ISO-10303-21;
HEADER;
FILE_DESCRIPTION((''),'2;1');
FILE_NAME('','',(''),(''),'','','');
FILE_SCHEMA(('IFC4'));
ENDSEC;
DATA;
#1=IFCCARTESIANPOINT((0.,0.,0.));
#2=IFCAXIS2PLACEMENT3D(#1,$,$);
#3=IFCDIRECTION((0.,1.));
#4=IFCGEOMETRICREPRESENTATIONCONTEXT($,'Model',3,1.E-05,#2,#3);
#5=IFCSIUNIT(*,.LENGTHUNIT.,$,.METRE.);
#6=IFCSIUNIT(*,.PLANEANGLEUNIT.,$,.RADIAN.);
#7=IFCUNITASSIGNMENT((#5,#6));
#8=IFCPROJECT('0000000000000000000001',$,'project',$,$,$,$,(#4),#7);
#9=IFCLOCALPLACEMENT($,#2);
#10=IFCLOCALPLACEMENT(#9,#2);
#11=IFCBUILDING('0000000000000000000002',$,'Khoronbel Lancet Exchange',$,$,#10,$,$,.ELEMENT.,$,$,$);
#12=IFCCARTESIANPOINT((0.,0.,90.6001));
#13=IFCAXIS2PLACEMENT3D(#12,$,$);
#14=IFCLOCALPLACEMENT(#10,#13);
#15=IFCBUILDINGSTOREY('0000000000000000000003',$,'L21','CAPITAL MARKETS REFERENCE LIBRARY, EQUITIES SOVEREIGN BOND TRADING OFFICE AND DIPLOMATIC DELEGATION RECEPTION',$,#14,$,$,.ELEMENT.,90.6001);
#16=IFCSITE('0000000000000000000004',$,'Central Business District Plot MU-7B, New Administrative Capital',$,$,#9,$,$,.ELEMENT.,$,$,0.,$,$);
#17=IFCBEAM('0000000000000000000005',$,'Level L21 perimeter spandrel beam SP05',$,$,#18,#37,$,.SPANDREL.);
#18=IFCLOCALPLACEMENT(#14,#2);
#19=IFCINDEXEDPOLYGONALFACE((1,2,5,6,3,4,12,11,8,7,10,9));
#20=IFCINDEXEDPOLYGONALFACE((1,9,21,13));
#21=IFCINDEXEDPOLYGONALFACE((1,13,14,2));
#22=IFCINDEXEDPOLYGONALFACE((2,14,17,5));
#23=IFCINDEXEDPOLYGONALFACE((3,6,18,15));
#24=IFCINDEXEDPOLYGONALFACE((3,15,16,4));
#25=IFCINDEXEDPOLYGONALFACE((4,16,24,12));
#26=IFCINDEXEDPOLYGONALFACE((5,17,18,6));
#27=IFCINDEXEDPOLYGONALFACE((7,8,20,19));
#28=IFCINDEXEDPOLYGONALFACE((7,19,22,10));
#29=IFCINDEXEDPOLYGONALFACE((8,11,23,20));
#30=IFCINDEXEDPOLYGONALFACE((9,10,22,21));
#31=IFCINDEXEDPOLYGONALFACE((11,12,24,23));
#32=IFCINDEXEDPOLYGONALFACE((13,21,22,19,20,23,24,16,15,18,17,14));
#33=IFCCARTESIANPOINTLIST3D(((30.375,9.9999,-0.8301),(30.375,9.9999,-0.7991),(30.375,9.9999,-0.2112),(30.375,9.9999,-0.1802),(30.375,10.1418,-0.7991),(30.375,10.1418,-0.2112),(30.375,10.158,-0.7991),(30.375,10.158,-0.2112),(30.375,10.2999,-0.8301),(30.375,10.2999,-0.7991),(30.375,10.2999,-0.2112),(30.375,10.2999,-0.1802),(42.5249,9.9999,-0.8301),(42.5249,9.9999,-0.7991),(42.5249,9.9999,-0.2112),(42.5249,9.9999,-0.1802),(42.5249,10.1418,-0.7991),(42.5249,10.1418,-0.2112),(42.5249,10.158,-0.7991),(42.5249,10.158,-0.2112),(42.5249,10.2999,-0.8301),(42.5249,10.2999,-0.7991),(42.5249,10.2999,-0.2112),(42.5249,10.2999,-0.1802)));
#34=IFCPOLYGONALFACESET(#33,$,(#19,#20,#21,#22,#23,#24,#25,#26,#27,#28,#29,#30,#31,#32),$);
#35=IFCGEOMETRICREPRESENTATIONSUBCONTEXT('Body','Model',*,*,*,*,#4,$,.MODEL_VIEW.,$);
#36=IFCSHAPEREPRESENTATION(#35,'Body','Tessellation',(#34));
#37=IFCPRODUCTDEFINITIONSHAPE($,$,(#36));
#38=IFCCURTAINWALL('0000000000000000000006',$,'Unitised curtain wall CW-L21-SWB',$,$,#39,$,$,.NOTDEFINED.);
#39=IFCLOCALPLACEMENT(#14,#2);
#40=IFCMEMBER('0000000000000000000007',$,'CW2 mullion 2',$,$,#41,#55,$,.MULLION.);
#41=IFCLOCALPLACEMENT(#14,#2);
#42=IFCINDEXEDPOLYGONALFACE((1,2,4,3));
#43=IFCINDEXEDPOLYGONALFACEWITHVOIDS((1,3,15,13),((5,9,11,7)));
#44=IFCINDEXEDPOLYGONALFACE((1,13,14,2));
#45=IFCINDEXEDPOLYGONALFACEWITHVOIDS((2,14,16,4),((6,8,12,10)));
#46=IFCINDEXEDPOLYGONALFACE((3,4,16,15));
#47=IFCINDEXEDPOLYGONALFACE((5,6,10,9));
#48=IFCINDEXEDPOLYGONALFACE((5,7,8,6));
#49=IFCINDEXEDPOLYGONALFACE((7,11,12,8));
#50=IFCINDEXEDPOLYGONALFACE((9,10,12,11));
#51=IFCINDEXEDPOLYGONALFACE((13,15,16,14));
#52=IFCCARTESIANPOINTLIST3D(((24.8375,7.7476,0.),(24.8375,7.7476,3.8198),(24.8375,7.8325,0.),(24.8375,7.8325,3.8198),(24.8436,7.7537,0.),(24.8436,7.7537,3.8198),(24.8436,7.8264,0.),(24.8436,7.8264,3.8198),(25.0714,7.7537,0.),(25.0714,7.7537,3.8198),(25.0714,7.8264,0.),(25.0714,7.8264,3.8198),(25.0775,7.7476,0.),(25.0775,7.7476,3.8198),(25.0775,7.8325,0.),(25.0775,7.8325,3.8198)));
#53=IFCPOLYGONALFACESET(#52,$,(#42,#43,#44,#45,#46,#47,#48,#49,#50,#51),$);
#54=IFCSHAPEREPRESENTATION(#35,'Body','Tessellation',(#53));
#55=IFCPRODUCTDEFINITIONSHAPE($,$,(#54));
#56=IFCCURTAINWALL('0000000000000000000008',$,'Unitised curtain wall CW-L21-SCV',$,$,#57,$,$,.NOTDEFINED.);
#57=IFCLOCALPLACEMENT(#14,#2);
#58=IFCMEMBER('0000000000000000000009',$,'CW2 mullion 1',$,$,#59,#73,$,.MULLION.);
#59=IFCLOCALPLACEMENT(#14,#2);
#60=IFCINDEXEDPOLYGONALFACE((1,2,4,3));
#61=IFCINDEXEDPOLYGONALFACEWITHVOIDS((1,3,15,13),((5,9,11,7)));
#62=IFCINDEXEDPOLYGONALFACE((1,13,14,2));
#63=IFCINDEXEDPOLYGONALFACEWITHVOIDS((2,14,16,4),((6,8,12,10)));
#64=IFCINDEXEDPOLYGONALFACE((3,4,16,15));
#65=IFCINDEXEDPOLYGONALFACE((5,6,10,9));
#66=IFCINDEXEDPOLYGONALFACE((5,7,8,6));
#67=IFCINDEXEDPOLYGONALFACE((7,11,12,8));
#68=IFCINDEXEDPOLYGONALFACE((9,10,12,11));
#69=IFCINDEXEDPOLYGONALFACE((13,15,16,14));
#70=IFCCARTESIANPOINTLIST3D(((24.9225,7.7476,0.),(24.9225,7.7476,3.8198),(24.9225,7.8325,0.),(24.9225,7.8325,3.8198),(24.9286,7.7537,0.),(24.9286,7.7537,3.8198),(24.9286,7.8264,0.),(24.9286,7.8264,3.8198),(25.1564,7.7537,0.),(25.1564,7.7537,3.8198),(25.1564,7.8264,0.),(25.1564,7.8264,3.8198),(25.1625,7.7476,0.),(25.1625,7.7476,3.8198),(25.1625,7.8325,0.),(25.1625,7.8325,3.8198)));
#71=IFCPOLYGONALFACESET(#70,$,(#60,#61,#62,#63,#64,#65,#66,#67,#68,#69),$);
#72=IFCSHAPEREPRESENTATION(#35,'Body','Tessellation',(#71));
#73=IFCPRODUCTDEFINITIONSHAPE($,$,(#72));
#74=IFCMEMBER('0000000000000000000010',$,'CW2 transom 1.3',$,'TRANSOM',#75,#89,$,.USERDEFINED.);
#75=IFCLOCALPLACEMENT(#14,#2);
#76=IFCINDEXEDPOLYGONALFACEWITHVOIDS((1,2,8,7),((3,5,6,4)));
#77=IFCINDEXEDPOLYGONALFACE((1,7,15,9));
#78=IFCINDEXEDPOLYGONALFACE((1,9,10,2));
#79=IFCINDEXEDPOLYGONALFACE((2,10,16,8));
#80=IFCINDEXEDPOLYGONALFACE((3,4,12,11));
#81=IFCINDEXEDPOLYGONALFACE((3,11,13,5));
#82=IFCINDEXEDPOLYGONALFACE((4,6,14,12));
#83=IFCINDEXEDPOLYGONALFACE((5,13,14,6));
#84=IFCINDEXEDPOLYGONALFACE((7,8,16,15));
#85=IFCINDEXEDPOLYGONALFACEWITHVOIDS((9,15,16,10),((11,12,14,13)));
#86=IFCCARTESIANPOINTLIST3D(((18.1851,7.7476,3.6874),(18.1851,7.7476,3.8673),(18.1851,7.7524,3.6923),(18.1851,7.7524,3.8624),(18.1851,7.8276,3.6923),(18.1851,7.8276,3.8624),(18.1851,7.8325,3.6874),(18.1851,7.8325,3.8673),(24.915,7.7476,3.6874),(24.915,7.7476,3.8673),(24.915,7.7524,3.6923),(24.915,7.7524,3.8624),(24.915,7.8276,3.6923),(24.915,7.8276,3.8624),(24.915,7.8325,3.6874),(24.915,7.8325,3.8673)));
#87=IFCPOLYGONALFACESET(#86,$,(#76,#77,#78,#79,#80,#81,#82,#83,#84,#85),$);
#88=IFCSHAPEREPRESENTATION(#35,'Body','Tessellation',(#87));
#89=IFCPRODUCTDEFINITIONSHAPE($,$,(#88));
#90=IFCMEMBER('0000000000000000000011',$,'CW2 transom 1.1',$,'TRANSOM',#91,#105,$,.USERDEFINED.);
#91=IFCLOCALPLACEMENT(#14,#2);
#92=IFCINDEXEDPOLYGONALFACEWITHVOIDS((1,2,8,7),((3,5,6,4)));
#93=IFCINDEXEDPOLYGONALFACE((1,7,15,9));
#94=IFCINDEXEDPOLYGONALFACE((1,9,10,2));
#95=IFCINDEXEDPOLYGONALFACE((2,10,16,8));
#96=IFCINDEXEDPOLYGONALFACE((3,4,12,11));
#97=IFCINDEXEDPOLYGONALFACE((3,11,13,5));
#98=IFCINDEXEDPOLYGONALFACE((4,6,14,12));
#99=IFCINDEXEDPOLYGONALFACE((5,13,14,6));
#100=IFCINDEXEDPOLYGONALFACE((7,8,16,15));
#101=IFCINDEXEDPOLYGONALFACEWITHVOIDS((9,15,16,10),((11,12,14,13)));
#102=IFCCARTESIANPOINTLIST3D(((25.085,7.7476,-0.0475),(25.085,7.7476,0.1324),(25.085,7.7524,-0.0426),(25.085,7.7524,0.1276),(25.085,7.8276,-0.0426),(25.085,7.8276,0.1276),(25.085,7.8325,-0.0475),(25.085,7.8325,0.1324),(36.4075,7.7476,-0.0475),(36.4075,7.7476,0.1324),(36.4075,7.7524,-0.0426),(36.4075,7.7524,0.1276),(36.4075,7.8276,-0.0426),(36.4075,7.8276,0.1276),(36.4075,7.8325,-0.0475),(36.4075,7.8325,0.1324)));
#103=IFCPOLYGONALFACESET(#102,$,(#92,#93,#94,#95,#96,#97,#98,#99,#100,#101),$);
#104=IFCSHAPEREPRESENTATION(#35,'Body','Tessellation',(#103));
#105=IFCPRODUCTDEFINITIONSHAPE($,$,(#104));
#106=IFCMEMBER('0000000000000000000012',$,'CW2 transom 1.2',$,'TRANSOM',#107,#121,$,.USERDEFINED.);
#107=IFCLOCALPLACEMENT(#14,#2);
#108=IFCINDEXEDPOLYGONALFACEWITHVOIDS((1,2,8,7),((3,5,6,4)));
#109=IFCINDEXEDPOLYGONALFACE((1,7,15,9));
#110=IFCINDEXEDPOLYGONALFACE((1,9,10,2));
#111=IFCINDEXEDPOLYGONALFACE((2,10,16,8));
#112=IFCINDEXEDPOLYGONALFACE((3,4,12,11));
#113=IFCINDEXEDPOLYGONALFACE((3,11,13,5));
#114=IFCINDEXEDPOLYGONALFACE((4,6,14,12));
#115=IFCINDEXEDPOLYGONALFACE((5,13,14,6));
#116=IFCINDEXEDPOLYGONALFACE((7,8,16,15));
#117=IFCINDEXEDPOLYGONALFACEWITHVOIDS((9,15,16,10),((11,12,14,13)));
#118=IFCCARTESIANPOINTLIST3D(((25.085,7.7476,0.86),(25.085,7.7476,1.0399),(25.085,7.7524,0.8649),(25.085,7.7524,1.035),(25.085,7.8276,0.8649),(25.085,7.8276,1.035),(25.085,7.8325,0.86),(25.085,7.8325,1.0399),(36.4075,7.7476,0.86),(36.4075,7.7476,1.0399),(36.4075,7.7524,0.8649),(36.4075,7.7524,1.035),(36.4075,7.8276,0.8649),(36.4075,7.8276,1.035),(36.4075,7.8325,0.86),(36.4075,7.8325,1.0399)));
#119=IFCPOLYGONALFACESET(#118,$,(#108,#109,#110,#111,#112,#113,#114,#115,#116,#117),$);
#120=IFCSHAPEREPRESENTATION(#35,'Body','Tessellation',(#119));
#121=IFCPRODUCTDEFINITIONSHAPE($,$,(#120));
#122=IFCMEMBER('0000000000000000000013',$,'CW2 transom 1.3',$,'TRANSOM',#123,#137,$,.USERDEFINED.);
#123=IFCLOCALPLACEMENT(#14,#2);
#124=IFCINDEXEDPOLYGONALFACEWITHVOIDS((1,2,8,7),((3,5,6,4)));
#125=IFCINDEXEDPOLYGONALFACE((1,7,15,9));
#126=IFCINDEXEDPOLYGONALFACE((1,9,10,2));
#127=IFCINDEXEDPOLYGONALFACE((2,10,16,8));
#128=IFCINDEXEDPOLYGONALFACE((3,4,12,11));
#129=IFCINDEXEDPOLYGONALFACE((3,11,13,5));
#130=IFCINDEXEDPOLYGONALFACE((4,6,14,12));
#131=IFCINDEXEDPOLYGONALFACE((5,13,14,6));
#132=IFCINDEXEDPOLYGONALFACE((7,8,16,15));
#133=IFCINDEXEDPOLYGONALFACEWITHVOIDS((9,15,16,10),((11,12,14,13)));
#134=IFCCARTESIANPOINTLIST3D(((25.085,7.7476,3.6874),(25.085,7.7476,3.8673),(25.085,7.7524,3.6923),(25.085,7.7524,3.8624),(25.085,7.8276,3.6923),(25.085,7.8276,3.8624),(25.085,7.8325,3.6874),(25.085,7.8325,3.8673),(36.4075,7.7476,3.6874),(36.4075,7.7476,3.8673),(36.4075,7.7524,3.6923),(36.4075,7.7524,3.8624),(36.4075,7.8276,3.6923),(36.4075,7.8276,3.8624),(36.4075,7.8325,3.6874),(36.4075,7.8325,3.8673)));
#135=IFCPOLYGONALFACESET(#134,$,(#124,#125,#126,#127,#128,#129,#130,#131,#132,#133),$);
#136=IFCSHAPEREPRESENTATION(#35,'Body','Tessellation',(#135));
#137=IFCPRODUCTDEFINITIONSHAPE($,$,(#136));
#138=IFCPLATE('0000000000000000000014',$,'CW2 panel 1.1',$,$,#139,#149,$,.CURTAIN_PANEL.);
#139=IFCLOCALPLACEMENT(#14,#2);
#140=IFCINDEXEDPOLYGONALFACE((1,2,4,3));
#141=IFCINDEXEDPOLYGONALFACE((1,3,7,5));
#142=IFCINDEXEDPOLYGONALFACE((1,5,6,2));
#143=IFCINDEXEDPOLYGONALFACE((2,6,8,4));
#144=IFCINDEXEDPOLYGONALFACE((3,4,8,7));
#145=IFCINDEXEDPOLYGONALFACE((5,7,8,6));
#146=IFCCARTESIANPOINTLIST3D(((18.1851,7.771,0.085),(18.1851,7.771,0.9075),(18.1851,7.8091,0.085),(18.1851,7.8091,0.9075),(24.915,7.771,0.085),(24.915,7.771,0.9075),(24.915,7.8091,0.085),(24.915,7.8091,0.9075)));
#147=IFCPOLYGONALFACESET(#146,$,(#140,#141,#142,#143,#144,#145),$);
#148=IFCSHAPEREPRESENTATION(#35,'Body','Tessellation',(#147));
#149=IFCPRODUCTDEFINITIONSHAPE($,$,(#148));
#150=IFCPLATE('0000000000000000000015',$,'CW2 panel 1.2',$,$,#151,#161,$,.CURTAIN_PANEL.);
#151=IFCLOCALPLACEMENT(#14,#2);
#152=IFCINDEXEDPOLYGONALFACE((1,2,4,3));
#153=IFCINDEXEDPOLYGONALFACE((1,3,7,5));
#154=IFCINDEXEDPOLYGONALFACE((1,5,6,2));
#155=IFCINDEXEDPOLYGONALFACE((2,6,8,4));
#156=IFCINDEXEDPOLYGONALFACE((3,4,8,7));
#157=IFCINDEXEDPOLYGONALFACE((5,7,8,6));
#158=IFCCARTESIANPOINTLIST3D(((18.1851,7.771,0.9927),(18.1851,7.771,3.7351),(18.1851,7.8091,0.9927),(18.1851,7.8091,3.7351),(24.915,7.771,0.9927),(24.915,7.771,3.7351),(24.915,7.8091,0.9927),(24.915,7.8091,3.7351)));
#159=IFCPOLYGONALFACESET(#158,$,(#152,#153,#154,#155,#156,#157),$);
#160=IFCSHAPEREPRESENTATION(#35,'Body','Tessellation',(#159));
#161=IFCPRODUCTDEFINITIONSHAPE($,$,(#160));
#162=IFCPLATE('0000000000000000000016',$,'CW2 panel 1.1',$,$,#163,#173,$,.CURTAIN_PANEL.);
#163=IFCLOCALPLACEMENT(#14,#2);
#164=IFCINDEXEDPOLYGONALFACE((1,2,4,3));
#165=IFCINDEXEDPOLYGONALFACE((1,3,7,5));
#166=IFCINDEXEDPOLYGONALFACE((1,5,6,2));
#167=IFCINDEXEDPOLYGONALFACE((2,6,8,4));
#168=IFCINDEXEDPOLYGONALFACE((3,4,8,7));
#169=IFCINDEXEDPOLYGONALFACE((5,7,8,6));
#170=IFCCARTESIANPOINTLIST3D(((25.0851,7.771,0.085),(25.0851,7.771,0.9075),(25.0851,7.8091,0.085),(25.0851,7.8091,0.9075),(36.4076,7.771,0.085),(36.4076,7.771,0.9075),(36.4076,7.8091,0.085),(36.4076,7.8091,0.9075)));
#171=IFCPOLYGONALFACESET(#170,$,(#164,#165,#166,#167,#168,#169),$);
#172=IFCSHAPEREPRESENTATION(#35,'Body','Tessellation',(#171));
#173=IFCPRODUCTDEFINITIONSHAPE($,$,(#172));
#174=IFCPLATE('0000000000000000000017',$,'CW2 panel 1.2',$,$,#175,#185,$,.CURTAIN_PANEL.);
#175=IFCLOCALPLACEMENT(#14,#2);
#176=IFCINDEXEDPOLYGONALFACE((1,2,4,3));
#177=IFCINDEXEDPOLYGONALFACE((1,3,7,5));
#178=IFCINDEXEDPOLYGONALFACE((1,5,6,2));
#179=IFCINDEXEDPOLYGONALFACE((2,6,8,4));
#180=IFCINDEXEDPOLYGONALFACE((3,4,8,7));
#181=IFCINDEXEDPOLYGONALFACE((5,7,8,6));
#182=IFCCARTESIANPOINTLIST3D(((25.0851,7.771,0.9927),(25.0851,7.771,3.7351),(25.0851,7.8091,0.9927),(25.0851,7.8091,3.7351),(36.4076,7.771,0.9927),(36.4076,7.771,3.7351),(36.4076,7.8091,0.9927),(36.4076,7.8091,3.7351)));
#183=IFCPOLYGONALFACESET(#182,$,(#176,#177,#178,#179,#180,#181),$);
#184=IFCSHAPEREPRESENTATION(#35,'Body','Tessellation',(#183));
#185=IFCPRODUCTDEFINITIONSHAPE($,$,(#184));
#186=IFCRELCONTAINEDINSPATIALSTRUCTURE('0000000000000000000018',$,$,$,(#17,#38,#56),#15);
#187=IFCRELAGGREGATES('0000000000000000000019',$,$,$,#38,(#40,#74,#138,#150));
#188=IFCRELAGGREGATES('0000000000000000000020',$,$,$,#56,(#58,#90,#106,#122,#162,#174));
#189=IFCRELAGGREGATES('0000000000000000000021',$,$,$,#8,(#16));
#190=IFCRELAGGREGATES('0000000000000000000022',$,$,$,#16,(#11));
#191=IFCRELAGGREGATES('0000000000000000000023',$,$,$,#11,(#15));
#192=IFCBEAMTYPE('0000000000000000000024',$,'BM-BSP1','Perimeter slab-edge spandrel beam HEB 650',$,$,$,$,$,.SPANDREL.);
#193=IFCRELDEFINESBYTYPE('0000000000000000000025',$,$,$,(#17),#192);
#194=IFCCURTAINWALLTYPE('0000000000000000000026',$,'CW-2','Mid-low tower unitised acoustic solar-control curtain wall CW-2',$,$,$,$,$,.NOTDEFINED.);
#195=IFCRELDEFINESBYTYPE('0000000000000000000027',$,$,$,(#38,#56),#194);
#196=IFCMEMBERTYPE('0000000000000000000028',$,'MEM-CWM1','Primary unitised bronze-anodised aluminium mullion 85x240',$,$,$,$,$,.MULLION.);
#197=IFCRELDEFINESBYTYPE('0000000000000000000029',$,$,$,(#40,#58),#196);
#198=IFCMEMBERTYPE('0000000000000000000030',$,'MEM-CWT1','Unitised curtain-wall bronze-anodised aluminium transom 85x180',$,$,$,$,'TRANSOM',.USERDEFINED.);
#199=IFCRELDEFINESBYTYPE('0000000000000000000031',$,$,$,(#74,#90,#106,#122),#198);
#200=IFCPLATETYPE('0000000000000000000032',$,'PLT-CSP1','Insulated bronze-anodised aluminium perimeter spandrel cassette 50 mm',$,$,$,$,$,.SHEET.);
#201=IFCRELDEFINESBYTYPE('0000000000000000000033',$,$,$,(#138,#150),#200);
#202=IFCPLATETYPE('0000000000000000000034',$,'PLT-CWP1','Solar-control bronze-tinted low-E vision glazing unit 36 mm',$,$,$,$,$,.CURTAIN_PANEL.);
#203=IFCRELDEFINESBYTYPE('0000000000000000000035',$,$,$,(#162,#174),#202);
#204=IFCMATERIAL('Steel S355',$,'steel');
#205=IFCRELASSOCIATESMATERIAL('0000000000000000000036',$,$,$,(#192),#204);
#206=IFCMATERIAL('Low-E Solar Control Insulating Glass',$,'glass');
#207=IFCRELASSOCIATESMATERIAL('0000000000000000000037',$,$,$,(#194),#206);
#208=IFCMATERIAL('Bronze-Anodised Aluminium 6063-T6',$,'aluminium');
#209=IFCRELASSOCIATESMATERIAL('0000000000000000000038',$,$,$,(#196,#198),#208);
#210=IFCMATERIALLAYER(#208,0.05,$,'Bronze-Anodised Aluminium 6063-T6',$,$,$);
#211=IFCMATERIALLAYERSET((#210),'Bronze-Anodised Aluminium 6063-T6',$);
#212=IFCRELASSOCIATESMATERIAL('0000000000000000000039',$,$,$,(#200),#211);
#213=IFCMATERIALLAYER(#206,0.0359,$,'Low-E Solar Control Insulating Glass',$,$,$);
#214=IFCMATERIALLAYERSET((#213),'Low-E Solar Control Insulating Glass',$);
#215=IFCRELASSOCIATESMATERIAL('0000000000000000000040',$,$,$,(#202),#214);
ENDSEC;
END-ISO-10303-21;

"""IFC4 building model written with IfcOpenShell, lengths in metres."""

from ifc_helpers import new_model, si_unit, direction, frame, origin, origin_2d, place, context, subcontext, project, spatial, rectangle, hollow_rectangle, i_section, extrude, material, layer, layer_set, material_profile, profile_set, type_object, element, aggregate, save


model = new_model("IFC4")

# Units and contexts
model_context = context("Model", 3, precision=1e-05, world=origin(), true_north=direction((0.0, 1.0)))
body_context = subcontext(model_context, "Body", "Model", "MODEL_VIEW")
ifc_project = project(units=[si_unit("LENGTHUNIT", "METRE"), si_unit("PLANEANGLEUNIT", "RADIAN")], contexts=[model_context])

# Site, building, storey
site_placement = place(None, origin())
site = spatial("IfcSite", under=ifc_project, at=site_placement, Name="Central Business District Plot MU-7B, New Administrative Capital", CompositionType="ELEMENT", RefElevation=0.0)
building_placement = place(site_placement, origin())
building = spatial("IfcBuilding", under=site, at=building_placement, Name="Khoronbel Lancet Exchange", CompositionType="ELEMENT")
storey_placement = place(building_placement, frame((0.0, 0.0, 90.6001)))
storey = spatial("IfcBuildingStorey", under=building, at=storey_placement, Name="L21", Description="CAPITAL MARKETS REFERENCE LIBRARY, EQUITIES SOVEREIGN BOND TRADING OFFICE AND DIPLOMATIC DELEGATION RECEPTION", CompositionType="ELEMENT", Elevation=90.6001)

# Beam
ifc_material_1 = material(Name="Steel S355", Category="steel")
ifc_material_profile_1 = material_profile(ifc_material_1, i_section(OverallWidth=0.3, OverallDepth=0.6499, WebThickness=0.0161, FlangeThickness=0.031, at=origin_2d()), Name="HEB 650")
ifc_profile_set_1 = profile_set([ifc_material_profile_1], Name="Steel S355")
beam_type_1 = type_object("IfcBeamType", Name="BM-BSP1", Description="Perimeter slab-edge spandrel beam HEB 650", PredefinedType="SPANDREL", material=ifc_profile_set_1)
beam_1_placement = place(storey_placement, frame((30.375, 10.1499, -0.5051), z_axis=(1.0, 0.0, 0.0), x_axis=(0.0, 1.0, 0.0)))
element("IfcBeam", 1, at=beam_1_placement, inside=storey, type_object=beam_type_1, Name="Level L21 perimeter spandrel beam SP05", PredefinedType="SPANDREL", context=body_context, shape_type="SweptSolid", body=[
    extrude(i_section(OverallWidth=0.3, OverallDepth=0.6499, WebThickness=0.0161, FlangeThickness=0.031, at=origin_2d()), origin(), (0.0, 0.0, 1.0), 12.1499),
])

# Curtain walls, members
ifc_material_2 = material(Name="Low-E Solar Control Insulating Glass", Category="glass")
curtain_wall_type = type_object("IfcCurtainWallType", Name="CW-2", Description="Mid-low tower unitised acoustic solar-control curtain wall CW-2", PredefinedType="NOTDEFINED", material=ifc_material_2)
curtain_wall_1_placement = place(storey_placement, origin())
curtain_wall_1 = element("IfcCurtainWall", 2, at=curtain_wall_1_placement, inside=storey, type_object=curtain_wall_type, Name="Unitised curtain wall CW-L21-SWB", PredefinedType="NOTDEFINED")
ifc_material_3 = material(Name="Bronze-Anodised Aluminium 6063-T6", Category="aluminium")
ifc_material_profile_2 = material_profile(ifc_material_3, hollow_rectangle(XDim=0.085, YDim=0.24, WallThickness=0.0061, at=origin_2d()), Name="ALU MULLION 85x240")
ifc_profile_set_2 = profile_set([ifc_material_profile_2], Name="Bronze-Anodised Aluminium 6063-T6")
member_type_1 = type_object("IfcMemberType", Name="MEM-CWM1", Description="Primary unitised bronze-anodised aluminium mullion 85x240", PredefinedType="MULLION", material=ifc_profile_set_2)
member_1_placement = place(storey_placement, frame((24.9575, 7.79, 0.0), z_axis=(0.0, 0.0, 1.0), x_axis=(0.0, 1.0, 0.0)))
member_1 = element("IfcMember", 3, at=member_1_placement, type_object=member_type_1, Name="CW2 mullion 2", PredefinedType="MULLION", context=body_context, shape_type="SweptSolid", body=[
    extrude(hollow_rectangle(XDim=0.085, YDim=0.24, WallThickness=0.0061, at=origin_2d()), origin(), (0.0, 0.0, 1.0), 3.8198),
])
curtain_wall_2_placement = place(storey_placement, origin())
curtain_wall_2 = element("IfcCurtainWall", 4, at=curtain_wall_2_placement, inside=storey, type_object=curtain_wall_type, Name="Unitised curtain wall CW-L21-SCV", PredefinedType="NOTDEFINED")
member_2_placement = place(storey_placement, frame((25.0425, 7.79, 0.0), z_axis=(0.0, 0.0, 1.0), x_axis=(0.0, 1.0, 0.0)))
member_2 = element("IfcMember", 5, at=member_2_placement, type_object=member_type_1, Name="CW2 mullion 1", PredefinedType="MULLION", context=body_context, shape_type="SweptSolid", body=[
    extrude(hollow_rectangle(XDim=0.085, YDim=0.24, WallThickness=0.0061, at=origin_2d()), origin(), (0.0, 0.0, 1.0), 3.8198),
])

# Members
ifc_material_profile_3 = material_profile(ifc_material_3, hollow_rectangle(XDim=0.085, YDim=0.1799, WallThickness=0.0049, at=origin_2d()), Name="ALU TRANSOM 85x180")
ifc_profile_set_3 = profile_set([ifc_material_profile_3], Name="Bronze-Anodised Aluminium 6063-T6")
member_type_2 = type_object("IfcMemberType", Name="MEM-CWT1", Description="Unitised curtain-wall bronze-anodised aluminium transom 85x180", ElementType="TRANSOM", PredefinedType="USERDEFINED", material=ifc_profile_set_3)
member_3_placement = place(storey_placement, frame((18.1851, 7.79, 3.7773), z_axis=(1.0, 0.0, 0.0), x_axis=(0.0, 1.0, 0.0)))
member_3 = element("IfcMember", 6, at=member_3_placement, type_object=member_type_2, Name="CW2 transom 1.3", ObjectType="TRANSOM", PredefinedType="USERDEFINED", context=body_context, shape_type="SweptSolid", body=[
    extrude(hollow_rectangle(XDim=0.085, YDim=0.1799, WallThickness=0.0049, at=origin_2d()), origin(), (0.0, 0.0, 1.0), 6.73),
])
member_4_placement = place(storey_placement, frame((25.085, 7.79, 0.0425), z_axis=(1.0, 0.0, 0.0), x_axis=(0.0, 1.0, 0.0)))
member_4 = element("IfcMember", 7, at=member_4_placement, type_object=member_type_2, Name="CW2 transom 1.1", ObjectType="TRANSOM", PredefinedType="USERDEFINED", context=body_context, shape_type="SweptSolid", body=[
    extrude(hollow_rectangle(XDim=0.085, YDim=0.1799, WallThickness=0.0049, at=origin_2d()), origin(), (0.0, 0.0, 1.0), 11.3225),
])
member_5_placement = place(storey_placement, frame((25.085, 7.79, 0.95), z_axis=(1.0, 0.0, 0.0), x_axis=(0.0, 1.0, 0.0)))
member_5 = element("IfcMember", 8, at=member_5_placement, type_object=member_type_2, Name="CW2 transom 1.2", ObjectType="TRANSOM", PredefinedType="USERDEFINED", context=body_context, shape_type="SweptSolid", body=[
    extrude(hollow_rectangle(XDim=0.085, YDim=0.1799, WallThickness=0.0049, at=origin_2d()), origin(), (0.0, 0.0, 1.0), 11.3225),
])
member_6_placement = place(storey_placement, frame((25.085, 7.79, 3.7773), z_axis=(1.0, 0.0, 0.0), x_axis=(0.0, 1.0, 0.0)))
member_6 = element("IfcMember", 9, at=member_6_placement, type_object=member_type_2, Name="CW2 transom 1.3", ObjectType="TRANSOM", PredefinedType="USERDEFINED", context=body_context, shape_type="SweptSolid", body=[
    extrude(hollow_rectangle(XDim=0.085, YDim=0.1799, WallThickness=0.0049, at=origin_2d()), origin(), (0.0, 0.0, 1.0), 11.3225),
])

# Plates
ifc_layer_1 = layer(ifc_material_3, 0.05, Name="Bronze-Anodised Aluminium 6063-T6")
ifc_layer_set_1 = layer_set([ifc_layer_1], Name="Bronze-Anodised Aluminium 6063-T6")
plate_type_1 = type_object("IfcPlateType", Name="PLT-CSP1", Description="Insulated bronze-anodised aluminium perimeter spandrel cassette 50 mm", PredefinedType="SHEET", material=ifc_layer_set_1)
plate_1_placement = place(storey_placement, frame((21.55, 7.79, 0.085), z_axis=(0.0, 0.0, 1.0), x_axis=(1.0, 0.0, 0.0)))
plate_1 = element("IfcPlate", 10, at=plate_1_placement, type_object=plate_type_1, Name="CW2 panel 1.1", PredefinedType="CURTAIN_PANEL", context=body_context, shape_type="SweptSolid", body=[
    extrude(rectangle(XDim=6.73, YDim=0.0381, at=origin_2d()), origin(), (0.0, 0.0, 1.0), 0.8225),
])
plate_2_placement = place(storey_placement, frame((21.55, 7.79, 0.9927), z_axis=(0.0, 0.0, 1.0), x_axis=(1.0, 0.0, 0.0)))
plate_2 = element("IfcPlate", 11, at=plate_2_placement, type_object=plate_type_1, Name="CW2 panel 1.2", PredefinedType="CURTAIN_PANEL", context=body_context, shape_type="SweptSolid", body=[
    extrude(rectangle(XDim=6.73, YDim=0.0381, at=origin_2d()), origin(), (0.0, 0.0, 1.0), 2.7424),
])
aggregate(curtain_wall_1, [member_1, member_3, plate_1, plate_2])
ifc_layer_2 = layer(ifc_material_2, 0.0359, Name="Low-E Solar Control Insulating Glass")
ifc_layer_set_2 = layer_set([ifc_layer_2], Name="Low-E Solar Control Insulating Glass")
plate_type_2 = type_object("IfcPlateType", Name="PLT-CWP1", Description="Solar-control bronze-tinted low-E vision glazing unit 36 mm", PredefinedType="CURTAIN_PANEL", material=ifc_layer_set_2)
plate_3_placement = place(storey_placement, frame((30.7463, 7.79, 0.085), z_axis=(0.0, 0.0, 1.0), x_axis=(1.0, 0.0, 0.0)))
plate_3 = element("IfcPlate", 12, at=plate_3_placement, type_object=plate_type_2, Name="CW2 panel 1.1", PredefinedType="CURTAIN_PANEL", context=body_context, shape_type="SweptSolid", body=[
    extrude(rectangle(XDim=11.3225, YDim=0.0381, at=origin_2d()), origin(), (0.0, 0.0, 1.0), 0.8225),
])
plate_4_placement = place(storey_placement, frame((30.7463, 7.79, 0.9927), z_axis=(0.0, 0.0, 1.0), x_axis=(1.0, 0.0, 0.0)))
plate_4 = element("IfcPlate", 13, at=plate_4_placement, type_object=plate_type_2, Name="CW2 panel 1.2", PredefinedType="CURTAIN_PANEL", context=body_context, shape_type="SweptSolid", body=[
    extrude(rectangle(XDim=11.3225, YDim=0.0381, at=origin_2d()), origin(), (0.0, 0.0, 1.0), 2.7424),
])
aggregate(curtain_wall_2, [member_2, member_4, member_5, member_6, plate_3, plate_4])

save(model, "model.ifc")
